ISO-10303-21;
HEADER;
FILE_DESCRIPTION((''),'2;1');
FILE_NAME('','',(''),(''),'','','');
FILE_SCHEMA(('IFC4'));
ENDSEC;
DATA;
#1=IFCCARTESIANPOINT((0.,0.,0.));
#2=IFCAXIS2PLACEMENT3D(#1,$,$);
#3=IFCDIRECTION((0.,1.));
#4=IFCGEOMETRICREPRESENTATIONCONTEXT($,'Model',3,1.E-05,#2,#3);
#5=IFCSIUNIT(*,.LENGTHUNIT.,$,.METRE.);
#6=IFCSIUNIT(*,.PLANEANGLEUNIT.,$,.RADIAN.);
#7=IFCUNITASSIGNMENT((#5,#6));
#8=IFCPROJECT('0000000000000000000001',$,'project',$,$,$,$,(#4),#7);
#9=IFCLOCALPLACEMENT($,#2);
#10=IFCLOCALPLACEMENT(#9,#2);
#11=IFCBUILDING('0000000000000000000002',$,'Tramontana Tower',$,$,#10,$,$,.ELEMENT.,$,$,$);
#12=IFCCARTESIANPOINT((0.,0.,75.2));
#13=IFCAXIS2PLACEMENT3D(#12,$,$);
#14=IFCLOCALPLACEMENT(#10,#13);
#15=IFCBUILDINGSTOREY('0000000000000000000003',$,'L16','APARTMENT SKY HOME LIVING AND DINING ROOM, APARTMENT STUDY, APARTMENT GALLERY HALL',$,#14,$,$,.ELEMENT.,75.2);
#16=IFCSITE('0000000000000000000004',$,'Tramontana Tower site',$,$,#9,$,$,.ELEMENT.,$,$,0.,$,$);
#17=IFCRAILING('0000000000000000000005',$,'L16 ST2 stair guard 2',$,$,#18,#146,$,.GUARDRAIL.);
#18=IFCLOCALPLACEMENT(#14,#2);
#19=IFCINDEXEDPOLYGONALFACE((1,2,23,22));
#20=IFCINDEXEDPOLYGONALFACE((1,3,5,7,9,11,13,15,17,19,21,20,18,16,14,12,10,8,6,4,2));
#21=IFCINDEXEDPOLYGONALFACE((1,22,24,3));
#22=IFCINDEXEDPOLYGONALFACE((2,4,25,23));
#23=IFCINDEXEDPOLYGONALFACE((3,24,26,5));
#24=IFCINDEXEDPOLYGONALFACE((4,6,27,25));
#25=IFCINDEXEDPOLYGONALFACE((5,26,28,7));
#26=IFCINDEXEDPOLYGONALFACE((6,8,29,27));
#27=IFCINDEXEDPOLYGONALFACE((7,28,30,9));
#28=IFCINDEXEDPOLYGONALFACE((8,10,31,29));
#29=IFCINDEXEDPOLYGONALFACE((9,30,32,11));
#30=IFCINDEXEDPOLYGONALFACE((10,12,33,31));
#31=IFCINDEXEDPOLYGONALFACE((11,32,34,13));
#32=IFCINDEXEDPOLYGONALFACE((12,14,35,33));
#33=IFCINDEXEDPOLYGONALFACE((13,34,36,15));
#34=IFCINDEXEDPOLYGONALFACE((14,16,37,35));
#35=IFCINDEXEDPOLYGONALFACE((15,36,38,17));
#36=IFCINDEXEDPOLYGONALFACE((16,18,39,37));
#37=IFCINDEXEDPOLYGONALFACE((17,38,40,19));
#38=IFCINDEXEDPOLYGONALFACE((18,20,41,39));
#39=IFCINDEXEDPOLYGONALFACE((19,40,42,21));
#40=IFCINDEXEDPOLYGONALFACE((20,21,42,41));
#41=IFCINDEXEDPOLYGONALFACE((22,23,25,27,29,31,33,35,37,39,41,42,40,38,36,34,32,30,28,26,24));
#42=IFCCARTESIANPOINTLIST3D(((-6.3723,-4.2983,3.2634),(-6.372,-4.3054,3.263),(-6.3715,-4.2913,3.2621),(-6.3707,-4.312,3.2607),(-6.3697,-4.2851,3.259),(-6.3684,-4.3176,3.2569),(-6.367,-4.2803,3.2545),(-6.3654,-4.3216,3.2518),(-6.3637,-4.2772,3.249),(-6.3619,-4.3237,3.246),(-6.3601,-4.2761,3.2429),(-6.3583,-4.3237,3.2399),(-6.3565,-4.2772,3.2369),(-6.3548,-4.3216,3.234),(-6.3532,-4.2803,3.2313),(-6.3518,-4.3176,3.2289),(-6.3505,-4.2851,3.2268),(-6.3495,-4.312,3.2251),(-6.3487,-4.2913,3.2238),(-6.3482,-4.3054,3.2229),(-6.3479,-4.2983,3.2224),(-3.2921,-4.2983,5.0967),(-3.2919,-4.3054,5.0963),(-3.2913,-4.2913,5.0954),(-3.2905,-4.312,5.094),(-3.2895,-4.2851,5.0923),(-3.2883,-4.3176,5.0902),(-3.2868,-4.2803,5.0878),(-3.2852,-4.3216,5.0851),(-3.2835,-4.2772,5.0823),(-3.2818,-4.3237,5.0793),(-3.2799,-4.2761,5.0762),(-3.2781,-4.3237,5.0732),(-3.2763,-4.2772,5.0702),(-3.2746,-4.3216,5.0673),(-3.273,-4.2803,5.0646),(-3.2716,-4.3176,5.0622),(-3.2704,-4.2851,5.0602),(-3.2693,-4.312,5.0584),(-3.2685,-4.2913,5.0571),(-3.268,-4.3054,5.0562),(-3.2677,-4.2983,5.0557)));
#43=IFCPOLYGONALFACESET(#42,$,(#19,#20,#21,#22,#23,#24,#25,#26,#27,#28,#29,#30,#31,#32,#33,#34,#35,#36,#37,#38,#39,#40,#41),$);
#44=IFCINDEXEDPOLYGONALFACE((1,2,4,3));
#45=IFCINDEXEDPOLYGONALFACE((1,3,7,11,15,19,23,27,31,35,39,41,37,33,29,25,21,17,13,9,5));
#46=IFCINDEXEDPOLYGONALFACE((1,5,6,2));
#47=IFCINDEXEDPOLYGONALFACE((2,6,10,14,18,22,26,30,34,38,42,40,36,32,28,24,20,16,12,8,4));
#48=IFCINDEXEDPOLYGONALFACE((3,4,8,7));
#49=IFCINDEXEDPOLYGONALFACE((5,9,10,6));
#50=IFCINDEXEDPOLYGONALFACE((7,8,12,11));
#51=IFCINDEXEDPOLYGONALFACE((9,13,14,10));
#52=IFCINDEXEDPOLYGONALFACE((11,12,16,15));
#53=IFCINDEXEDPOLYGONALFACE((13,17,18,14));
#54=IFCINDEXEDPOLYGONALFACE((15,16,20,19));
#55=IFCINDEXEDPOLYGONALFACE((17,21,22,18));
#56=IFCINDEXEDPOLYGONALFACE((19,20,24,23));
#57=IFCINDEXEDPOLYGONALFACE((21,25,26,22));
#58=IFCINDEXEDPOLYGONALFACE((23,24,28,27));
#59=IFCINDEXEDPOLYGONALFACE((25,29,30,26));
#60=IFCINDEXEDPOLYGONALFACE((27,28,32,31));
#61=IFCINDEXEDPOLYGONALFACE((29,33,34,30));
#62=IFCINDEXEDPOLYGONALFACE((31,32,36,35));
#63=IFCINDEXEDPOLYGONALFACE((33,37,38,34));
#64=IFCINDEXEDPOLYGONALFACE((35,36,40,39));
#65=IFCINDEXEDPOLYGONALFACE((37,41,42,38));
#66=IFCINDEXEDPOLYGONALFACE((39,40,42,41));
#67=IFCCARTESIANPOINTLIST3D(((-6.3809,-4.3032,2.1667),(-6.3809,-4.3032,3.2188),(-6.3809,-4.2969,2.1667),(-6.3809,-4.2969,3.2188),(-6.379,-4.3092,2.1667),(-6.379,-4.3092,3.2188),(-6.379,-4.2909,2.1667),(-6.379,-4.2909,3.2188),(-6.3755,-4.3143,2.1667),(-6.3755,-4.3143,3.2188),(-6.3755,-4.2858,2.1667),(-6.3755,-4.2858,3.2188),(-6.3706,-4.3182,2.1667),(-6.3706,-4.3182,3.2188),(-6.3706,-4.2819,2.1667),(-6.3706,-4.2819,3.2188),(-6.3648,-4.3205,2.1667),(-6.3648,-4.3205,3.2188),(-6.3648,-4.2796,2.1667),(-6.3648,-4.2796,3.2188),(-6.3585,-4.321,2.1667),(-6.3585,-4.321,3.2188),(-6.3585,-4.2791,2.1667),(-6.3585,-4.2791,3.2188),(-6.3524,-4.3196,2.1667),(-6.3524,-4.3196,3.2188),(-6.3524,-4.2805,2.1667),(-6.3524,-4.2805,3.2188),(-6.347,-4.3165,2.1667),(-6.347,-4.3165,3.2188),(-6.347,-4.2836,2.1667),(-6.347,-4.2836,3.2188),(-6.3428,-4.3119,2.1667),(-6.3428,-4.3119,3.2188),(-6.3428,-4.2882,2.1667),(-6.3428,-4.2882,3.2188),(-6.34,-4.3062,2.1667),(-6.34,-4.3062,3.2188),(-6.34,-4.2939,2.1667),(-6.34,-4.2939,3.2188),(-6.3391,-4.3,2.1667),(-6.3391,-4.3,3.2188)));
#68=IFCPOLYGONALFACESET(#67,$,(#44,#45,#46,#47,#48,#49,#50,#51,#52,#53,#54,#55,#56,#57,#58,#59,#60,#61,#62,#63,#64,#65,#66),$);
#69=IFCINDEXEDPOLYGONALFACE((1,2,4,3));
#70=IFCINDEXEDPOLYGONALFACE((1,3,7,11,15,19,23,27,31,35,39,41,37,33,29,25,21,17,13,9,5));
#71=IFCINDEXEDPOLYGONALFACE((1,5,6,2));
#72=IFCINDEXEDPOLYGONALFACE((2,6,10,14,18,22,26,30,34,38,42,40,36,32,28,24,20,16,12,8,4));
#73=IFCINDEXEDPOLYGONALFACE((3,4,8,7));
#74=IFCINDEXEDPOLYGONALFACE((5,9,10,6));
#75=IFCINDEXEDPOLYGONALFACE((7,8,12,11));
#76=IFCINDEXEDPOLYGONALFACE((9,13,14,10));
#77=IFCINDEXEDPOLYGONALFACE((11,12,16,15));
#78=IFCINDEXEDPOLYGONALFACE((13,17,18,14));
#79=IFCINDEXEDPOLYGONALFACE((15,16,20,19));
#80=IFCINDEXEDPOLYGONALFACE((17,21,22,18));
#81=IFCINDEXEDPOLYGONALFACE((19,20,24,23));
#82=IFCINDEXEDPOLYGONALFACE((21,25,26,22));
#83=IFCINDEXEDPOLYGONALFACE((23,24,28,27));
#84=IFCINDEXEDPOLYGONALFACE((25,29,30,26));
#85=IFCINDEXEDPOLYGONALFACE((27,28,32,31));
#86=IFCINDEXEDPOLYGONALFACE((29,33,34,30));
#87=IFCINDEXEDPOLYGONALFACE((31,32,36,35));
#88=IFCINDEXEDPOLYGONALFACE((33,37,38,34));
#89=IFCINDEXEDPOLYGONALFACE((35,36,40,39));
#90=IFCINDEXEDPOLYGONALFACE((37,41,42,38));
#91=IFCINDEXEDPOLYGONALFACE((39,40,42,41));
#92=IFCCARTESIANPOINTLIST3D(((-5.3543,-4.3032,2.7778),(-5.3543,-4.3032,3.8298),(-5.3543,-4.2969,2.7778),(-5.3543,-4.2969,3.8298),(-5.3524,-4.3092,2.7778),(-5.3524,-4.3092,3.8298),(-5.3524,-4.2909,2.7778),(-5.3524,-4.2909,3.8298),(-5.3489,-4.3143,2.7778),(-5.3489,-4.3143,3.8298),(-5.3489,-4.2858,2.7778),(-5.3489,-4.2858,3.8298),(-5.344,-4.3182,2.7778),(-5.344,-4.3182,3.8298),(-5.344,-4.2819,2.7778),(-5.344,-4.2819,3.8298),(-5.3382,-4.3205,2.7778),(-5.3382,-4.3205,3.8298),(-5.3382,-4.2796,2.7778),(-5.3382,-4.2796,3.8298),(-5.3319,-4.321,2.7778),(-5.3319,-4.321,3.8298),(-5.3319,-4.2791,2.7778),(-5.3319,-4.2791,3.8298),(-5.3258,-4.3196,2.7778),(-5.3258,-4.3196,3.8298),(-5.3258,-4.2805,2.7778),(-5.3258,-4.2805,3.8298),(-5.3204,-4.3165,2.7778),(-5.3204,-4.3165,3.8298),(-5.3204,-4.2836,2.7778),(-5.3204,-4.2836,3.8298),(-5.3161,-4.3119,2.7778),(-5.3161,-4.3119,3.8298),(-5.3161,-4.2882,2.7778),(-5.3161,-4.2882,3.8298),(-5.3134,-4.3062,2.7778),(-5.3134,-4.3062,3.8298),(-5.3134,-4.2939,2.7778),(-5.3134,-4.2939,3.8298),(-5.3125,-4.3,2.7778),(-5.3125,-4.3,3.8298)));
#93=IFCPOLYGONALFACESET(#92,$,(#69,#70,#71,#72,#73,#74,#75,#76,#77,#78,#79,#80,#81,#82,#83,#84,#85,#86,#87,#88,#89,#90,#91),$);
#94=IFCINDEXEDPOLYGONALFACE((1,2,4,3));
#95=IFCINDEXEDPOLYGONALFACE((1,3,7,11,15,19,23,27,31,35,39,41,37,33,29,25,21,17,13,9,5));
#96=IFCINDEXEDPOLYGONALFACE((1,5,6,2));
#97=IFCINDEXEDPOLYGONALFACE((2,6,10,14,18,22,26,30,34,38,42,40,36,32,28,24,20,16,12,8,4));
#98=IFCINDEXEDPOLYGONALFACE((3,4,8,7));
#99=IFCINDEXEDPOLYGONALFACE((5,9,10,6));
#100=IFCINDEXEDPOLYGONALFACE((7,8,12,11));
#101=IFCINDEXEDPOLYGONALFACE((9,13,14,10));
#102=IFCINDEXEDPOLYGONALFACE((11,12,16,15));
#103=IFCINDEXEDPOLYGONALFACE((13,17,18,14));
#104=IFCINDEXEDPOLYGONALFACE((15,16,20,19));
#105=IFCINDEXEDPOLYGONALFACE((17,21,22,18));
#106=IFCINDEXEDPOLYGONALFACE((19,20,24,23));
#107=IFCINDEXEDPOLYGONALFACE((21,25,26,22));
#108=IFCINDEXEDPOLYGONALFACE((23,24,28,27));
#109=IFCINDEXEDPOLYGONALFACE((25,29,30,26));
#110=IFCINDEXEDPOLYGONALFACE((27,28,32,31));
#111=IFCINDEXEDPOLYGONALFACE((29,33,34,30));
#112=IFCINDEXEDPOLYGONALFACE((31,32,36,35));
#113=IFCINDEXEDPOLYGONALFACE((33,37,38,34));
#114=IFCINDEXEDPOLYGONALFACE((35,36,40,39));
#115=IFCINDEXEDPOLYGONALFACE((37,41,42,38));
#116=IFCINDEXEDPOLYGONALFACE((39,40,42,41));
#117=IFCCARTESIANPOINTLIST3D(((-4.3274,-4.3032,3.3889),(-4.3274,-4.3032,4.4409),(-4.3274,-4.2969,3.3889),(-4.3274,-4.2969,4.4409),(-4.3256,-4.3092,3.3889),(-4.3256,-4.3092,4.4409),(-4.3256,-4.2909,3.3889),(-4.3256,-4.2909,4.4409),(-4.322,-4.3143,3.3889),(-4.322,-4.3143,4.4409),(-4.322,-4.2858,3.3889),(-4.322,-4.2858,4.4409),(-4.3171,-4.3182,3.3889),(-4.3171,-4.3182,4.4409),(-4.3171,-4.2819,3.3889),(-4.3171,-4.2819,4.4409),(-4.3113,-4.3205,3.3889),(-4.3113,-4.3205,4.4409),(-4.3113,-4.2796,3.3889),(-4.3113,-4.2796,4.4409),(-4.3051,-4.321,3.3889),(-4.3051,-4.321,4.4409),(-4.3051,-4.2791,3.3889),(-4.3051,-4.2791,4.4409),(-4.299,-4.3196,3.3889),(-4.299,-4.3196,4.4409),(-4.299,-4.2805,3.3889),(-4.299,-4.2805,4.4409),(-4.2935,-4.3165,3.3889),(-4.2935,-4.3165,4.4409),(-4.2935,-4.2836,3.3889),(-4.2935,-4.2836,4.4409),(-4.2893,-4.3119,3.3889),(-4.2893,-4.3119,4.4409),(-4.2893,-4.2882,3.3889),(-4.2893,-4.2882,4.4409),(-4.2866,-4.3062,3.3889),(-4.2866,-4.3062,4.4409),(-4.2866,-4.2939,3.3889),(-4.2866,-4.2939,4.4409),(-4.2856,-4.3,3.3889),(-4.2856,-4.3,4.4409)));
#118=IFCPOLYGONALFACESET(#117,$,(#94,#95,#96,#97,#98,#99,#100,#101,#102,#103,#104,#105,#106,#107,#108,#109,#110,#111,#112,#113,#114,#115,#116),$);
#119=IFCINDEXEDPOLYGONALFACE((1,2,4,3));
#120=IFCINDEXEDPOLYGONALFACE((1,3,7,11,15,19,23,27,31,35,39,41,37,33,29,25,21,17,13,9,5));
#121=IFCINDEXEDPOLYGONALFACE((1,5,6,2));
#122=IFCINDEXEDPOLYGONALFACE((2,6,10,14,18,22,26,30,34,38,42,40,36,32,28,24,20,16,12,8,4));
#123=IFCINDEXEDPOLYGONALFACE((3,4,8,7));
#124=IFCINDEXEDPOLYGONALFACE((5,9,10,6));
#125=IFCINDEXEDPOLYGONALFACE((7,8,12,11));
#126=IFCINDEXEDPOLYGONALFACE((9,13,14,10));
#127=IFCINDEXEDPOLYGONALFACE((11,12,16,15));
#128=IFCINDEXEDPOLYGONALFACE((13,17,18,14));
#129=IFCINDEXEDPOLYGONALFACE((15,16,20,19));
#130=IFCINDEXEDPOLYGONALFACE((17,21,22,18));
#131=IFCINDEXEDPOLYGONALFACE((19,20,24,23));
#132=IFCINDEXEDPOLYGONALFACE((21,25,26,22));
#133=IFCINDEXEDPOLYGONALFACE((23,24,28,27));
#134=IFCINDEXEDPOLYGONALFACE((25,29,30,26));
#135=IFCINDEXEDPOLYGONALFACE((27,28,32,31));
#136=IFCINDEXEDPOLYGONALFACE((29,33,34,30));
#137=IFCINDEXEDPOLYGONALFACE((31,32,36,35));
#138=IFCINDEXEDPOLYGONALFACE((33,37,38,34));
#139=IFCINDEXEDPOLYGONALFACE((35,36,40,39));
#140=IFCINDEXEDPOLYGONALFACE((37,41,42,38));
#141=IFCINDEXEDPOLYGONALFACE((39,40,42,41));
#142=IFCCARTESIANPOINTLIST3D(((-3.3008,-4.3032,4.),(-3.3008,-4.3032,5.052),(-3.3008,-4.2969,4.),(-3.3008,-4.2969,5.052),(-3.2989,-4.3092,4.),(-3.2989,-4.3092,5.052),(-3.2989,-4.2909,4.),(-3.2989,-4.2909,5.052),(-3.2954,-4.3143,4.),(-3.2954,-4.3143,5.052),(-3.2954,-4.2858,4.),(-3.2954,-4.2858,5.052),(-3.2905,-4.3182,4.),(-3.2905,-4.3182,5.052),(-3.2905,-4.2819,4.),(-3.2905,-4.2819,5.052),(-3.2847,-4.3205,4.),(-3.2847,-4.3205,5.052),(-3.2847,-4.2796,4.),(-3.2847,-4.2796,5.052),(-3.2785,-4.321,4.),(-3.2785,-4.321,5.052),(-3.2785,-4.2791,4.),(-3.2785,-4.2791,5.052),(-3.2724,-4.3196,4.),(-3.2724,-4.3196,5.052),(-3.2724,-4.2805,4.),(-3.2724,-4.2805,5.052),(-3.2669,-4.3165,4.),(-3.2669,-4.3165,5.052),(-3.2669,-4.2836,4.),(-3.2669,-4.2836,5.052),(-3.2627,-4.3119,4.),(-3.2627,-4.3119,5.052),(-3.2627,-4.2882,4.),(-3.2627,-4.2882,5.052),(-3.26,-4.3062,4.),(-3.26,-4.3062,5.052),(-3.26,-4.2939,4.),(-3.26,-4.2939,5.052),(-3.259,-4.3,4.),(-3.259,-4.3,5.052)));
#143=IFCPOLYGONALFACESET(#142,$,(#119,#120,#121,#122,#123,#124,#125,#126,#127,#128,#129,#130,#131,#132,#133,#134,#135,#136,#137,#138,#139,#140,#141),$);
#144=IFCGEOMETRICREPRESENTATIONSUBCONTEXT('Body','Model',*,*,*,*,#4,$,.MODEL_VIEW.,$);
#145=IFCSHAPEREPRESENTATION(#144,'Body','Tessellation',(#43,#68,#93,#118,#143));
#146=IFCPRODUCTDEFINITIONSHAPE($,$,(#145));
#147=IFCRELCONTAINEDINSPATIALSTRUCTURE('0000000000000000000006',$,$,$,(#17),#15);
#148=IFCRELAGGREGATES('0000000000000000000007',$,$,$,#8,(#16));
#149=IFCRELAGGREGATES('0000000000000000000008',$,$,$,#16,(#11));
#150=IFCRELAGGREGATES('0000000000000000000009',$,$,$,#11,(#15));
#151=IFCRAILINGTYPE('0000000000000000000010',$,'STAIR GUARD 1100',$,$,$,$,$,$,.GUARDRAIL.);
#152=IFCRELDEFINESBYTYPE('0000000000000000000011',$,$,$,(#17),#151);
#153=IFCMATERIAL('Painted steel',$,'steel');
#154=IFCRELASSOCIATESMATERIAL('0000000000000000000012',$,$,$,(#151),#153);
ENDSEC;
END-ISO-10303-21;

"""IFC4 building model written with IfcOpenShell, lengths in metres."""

from ifc_helpers import new_model, si_unit, direction, frame, origin, origin_2d, place, context, subcontext, project, spatial, circle, extrude, material, type_object, element, save


model = new_model("IFC4")

# Units and contexts
model_context = context("Model", 3, precision=1e-05, world=origin(), true_north=direction((0.0, 1.0)))
body_context = subcontext(model_context, "Body", "Model", "MODEL_VIEW")
ifc_project = project(units=[si_unit("LENGTHUNIT", "METRE"), si_unit("PLANEANGLEUNIT", "RADIAN")], contexts=[model_context])

# Site, building, storey
site_placement = place(None, origin())
site = spatial("IfcSite", under=ifc_project, at=site_placement, Name="Tramontana Tower site", CompositionType="ELEMENT", RefElevation=0.0)
building_placement = place(site_placement, origin())
building = spatial("IfcBuilding", under=site, at=building_placement, Name="Tramontana Tower", CompositionType="ELEMENT")
storey_placement = place(building_placement, frame((0.0, 0.0, 75.2)))
storey = spatial("IfcBuildingStorey", under=building, at=storey_placement, Name="L16", Description="APARTMENT SKY HOME LIVING AND DINING ROOM, APARTMENT STUDY, APARTMENT GALLERY HALL", CompositionType="ELEMENT", Elevation=75.2)

# Railing
ifc_material_1 = material(Name="Painted steel", Category="steel")
railing_type_1 = type_object("IfcRailingType", Name="STAIR GUARD 1100", PredefinedType="GUARDRAIL", material=ifc_material_1)
railing_1_placement = place(storey_placement, frame((-6.3601, -4.3, 2.1667)))
element("IfcRailing", 1, at=railing_1_placement, inside=storey, type_object=railing_type_1, Name="L16 ST2 stair guard 2", PredefinedType="GUARDRAIL", context=body_context, shape_type="SweptSolid", body=[
    extrude(circle(Radius=0.0239, at=origin_2d()), frame((0.0, 0.0, 1.0762), z_axis=(0.859309, 0.0, 0.511458), x_axis=(0.0, 1.0, 0.0)), (0.0, 0.0, 1.0), 3.5845),
    extrude(circle(Radius=0.021, at=origin_2d()), origin(), (0.0, 0.0, 1.0), 1.052),
    extrude(circle(Radius=0.021, at=origin_2d()), frame((1.0266, 0.0, 0.6111)), (0.0, 0.0, 1.0), 1.052),
    extrude(circle(Radius=0.021, at=origin_2d()), frame((2.0535, 0.0, 1.2222)), (0.0, 0.0, 1.0), 1.052),
    extrude(circle(Radius=0.021, at=origin_2d()), frame((3.0801, 0.0, 1.8333)), (0.0, 0.0, 1.0), 1.052),
])

save(model, "model.ifc")
